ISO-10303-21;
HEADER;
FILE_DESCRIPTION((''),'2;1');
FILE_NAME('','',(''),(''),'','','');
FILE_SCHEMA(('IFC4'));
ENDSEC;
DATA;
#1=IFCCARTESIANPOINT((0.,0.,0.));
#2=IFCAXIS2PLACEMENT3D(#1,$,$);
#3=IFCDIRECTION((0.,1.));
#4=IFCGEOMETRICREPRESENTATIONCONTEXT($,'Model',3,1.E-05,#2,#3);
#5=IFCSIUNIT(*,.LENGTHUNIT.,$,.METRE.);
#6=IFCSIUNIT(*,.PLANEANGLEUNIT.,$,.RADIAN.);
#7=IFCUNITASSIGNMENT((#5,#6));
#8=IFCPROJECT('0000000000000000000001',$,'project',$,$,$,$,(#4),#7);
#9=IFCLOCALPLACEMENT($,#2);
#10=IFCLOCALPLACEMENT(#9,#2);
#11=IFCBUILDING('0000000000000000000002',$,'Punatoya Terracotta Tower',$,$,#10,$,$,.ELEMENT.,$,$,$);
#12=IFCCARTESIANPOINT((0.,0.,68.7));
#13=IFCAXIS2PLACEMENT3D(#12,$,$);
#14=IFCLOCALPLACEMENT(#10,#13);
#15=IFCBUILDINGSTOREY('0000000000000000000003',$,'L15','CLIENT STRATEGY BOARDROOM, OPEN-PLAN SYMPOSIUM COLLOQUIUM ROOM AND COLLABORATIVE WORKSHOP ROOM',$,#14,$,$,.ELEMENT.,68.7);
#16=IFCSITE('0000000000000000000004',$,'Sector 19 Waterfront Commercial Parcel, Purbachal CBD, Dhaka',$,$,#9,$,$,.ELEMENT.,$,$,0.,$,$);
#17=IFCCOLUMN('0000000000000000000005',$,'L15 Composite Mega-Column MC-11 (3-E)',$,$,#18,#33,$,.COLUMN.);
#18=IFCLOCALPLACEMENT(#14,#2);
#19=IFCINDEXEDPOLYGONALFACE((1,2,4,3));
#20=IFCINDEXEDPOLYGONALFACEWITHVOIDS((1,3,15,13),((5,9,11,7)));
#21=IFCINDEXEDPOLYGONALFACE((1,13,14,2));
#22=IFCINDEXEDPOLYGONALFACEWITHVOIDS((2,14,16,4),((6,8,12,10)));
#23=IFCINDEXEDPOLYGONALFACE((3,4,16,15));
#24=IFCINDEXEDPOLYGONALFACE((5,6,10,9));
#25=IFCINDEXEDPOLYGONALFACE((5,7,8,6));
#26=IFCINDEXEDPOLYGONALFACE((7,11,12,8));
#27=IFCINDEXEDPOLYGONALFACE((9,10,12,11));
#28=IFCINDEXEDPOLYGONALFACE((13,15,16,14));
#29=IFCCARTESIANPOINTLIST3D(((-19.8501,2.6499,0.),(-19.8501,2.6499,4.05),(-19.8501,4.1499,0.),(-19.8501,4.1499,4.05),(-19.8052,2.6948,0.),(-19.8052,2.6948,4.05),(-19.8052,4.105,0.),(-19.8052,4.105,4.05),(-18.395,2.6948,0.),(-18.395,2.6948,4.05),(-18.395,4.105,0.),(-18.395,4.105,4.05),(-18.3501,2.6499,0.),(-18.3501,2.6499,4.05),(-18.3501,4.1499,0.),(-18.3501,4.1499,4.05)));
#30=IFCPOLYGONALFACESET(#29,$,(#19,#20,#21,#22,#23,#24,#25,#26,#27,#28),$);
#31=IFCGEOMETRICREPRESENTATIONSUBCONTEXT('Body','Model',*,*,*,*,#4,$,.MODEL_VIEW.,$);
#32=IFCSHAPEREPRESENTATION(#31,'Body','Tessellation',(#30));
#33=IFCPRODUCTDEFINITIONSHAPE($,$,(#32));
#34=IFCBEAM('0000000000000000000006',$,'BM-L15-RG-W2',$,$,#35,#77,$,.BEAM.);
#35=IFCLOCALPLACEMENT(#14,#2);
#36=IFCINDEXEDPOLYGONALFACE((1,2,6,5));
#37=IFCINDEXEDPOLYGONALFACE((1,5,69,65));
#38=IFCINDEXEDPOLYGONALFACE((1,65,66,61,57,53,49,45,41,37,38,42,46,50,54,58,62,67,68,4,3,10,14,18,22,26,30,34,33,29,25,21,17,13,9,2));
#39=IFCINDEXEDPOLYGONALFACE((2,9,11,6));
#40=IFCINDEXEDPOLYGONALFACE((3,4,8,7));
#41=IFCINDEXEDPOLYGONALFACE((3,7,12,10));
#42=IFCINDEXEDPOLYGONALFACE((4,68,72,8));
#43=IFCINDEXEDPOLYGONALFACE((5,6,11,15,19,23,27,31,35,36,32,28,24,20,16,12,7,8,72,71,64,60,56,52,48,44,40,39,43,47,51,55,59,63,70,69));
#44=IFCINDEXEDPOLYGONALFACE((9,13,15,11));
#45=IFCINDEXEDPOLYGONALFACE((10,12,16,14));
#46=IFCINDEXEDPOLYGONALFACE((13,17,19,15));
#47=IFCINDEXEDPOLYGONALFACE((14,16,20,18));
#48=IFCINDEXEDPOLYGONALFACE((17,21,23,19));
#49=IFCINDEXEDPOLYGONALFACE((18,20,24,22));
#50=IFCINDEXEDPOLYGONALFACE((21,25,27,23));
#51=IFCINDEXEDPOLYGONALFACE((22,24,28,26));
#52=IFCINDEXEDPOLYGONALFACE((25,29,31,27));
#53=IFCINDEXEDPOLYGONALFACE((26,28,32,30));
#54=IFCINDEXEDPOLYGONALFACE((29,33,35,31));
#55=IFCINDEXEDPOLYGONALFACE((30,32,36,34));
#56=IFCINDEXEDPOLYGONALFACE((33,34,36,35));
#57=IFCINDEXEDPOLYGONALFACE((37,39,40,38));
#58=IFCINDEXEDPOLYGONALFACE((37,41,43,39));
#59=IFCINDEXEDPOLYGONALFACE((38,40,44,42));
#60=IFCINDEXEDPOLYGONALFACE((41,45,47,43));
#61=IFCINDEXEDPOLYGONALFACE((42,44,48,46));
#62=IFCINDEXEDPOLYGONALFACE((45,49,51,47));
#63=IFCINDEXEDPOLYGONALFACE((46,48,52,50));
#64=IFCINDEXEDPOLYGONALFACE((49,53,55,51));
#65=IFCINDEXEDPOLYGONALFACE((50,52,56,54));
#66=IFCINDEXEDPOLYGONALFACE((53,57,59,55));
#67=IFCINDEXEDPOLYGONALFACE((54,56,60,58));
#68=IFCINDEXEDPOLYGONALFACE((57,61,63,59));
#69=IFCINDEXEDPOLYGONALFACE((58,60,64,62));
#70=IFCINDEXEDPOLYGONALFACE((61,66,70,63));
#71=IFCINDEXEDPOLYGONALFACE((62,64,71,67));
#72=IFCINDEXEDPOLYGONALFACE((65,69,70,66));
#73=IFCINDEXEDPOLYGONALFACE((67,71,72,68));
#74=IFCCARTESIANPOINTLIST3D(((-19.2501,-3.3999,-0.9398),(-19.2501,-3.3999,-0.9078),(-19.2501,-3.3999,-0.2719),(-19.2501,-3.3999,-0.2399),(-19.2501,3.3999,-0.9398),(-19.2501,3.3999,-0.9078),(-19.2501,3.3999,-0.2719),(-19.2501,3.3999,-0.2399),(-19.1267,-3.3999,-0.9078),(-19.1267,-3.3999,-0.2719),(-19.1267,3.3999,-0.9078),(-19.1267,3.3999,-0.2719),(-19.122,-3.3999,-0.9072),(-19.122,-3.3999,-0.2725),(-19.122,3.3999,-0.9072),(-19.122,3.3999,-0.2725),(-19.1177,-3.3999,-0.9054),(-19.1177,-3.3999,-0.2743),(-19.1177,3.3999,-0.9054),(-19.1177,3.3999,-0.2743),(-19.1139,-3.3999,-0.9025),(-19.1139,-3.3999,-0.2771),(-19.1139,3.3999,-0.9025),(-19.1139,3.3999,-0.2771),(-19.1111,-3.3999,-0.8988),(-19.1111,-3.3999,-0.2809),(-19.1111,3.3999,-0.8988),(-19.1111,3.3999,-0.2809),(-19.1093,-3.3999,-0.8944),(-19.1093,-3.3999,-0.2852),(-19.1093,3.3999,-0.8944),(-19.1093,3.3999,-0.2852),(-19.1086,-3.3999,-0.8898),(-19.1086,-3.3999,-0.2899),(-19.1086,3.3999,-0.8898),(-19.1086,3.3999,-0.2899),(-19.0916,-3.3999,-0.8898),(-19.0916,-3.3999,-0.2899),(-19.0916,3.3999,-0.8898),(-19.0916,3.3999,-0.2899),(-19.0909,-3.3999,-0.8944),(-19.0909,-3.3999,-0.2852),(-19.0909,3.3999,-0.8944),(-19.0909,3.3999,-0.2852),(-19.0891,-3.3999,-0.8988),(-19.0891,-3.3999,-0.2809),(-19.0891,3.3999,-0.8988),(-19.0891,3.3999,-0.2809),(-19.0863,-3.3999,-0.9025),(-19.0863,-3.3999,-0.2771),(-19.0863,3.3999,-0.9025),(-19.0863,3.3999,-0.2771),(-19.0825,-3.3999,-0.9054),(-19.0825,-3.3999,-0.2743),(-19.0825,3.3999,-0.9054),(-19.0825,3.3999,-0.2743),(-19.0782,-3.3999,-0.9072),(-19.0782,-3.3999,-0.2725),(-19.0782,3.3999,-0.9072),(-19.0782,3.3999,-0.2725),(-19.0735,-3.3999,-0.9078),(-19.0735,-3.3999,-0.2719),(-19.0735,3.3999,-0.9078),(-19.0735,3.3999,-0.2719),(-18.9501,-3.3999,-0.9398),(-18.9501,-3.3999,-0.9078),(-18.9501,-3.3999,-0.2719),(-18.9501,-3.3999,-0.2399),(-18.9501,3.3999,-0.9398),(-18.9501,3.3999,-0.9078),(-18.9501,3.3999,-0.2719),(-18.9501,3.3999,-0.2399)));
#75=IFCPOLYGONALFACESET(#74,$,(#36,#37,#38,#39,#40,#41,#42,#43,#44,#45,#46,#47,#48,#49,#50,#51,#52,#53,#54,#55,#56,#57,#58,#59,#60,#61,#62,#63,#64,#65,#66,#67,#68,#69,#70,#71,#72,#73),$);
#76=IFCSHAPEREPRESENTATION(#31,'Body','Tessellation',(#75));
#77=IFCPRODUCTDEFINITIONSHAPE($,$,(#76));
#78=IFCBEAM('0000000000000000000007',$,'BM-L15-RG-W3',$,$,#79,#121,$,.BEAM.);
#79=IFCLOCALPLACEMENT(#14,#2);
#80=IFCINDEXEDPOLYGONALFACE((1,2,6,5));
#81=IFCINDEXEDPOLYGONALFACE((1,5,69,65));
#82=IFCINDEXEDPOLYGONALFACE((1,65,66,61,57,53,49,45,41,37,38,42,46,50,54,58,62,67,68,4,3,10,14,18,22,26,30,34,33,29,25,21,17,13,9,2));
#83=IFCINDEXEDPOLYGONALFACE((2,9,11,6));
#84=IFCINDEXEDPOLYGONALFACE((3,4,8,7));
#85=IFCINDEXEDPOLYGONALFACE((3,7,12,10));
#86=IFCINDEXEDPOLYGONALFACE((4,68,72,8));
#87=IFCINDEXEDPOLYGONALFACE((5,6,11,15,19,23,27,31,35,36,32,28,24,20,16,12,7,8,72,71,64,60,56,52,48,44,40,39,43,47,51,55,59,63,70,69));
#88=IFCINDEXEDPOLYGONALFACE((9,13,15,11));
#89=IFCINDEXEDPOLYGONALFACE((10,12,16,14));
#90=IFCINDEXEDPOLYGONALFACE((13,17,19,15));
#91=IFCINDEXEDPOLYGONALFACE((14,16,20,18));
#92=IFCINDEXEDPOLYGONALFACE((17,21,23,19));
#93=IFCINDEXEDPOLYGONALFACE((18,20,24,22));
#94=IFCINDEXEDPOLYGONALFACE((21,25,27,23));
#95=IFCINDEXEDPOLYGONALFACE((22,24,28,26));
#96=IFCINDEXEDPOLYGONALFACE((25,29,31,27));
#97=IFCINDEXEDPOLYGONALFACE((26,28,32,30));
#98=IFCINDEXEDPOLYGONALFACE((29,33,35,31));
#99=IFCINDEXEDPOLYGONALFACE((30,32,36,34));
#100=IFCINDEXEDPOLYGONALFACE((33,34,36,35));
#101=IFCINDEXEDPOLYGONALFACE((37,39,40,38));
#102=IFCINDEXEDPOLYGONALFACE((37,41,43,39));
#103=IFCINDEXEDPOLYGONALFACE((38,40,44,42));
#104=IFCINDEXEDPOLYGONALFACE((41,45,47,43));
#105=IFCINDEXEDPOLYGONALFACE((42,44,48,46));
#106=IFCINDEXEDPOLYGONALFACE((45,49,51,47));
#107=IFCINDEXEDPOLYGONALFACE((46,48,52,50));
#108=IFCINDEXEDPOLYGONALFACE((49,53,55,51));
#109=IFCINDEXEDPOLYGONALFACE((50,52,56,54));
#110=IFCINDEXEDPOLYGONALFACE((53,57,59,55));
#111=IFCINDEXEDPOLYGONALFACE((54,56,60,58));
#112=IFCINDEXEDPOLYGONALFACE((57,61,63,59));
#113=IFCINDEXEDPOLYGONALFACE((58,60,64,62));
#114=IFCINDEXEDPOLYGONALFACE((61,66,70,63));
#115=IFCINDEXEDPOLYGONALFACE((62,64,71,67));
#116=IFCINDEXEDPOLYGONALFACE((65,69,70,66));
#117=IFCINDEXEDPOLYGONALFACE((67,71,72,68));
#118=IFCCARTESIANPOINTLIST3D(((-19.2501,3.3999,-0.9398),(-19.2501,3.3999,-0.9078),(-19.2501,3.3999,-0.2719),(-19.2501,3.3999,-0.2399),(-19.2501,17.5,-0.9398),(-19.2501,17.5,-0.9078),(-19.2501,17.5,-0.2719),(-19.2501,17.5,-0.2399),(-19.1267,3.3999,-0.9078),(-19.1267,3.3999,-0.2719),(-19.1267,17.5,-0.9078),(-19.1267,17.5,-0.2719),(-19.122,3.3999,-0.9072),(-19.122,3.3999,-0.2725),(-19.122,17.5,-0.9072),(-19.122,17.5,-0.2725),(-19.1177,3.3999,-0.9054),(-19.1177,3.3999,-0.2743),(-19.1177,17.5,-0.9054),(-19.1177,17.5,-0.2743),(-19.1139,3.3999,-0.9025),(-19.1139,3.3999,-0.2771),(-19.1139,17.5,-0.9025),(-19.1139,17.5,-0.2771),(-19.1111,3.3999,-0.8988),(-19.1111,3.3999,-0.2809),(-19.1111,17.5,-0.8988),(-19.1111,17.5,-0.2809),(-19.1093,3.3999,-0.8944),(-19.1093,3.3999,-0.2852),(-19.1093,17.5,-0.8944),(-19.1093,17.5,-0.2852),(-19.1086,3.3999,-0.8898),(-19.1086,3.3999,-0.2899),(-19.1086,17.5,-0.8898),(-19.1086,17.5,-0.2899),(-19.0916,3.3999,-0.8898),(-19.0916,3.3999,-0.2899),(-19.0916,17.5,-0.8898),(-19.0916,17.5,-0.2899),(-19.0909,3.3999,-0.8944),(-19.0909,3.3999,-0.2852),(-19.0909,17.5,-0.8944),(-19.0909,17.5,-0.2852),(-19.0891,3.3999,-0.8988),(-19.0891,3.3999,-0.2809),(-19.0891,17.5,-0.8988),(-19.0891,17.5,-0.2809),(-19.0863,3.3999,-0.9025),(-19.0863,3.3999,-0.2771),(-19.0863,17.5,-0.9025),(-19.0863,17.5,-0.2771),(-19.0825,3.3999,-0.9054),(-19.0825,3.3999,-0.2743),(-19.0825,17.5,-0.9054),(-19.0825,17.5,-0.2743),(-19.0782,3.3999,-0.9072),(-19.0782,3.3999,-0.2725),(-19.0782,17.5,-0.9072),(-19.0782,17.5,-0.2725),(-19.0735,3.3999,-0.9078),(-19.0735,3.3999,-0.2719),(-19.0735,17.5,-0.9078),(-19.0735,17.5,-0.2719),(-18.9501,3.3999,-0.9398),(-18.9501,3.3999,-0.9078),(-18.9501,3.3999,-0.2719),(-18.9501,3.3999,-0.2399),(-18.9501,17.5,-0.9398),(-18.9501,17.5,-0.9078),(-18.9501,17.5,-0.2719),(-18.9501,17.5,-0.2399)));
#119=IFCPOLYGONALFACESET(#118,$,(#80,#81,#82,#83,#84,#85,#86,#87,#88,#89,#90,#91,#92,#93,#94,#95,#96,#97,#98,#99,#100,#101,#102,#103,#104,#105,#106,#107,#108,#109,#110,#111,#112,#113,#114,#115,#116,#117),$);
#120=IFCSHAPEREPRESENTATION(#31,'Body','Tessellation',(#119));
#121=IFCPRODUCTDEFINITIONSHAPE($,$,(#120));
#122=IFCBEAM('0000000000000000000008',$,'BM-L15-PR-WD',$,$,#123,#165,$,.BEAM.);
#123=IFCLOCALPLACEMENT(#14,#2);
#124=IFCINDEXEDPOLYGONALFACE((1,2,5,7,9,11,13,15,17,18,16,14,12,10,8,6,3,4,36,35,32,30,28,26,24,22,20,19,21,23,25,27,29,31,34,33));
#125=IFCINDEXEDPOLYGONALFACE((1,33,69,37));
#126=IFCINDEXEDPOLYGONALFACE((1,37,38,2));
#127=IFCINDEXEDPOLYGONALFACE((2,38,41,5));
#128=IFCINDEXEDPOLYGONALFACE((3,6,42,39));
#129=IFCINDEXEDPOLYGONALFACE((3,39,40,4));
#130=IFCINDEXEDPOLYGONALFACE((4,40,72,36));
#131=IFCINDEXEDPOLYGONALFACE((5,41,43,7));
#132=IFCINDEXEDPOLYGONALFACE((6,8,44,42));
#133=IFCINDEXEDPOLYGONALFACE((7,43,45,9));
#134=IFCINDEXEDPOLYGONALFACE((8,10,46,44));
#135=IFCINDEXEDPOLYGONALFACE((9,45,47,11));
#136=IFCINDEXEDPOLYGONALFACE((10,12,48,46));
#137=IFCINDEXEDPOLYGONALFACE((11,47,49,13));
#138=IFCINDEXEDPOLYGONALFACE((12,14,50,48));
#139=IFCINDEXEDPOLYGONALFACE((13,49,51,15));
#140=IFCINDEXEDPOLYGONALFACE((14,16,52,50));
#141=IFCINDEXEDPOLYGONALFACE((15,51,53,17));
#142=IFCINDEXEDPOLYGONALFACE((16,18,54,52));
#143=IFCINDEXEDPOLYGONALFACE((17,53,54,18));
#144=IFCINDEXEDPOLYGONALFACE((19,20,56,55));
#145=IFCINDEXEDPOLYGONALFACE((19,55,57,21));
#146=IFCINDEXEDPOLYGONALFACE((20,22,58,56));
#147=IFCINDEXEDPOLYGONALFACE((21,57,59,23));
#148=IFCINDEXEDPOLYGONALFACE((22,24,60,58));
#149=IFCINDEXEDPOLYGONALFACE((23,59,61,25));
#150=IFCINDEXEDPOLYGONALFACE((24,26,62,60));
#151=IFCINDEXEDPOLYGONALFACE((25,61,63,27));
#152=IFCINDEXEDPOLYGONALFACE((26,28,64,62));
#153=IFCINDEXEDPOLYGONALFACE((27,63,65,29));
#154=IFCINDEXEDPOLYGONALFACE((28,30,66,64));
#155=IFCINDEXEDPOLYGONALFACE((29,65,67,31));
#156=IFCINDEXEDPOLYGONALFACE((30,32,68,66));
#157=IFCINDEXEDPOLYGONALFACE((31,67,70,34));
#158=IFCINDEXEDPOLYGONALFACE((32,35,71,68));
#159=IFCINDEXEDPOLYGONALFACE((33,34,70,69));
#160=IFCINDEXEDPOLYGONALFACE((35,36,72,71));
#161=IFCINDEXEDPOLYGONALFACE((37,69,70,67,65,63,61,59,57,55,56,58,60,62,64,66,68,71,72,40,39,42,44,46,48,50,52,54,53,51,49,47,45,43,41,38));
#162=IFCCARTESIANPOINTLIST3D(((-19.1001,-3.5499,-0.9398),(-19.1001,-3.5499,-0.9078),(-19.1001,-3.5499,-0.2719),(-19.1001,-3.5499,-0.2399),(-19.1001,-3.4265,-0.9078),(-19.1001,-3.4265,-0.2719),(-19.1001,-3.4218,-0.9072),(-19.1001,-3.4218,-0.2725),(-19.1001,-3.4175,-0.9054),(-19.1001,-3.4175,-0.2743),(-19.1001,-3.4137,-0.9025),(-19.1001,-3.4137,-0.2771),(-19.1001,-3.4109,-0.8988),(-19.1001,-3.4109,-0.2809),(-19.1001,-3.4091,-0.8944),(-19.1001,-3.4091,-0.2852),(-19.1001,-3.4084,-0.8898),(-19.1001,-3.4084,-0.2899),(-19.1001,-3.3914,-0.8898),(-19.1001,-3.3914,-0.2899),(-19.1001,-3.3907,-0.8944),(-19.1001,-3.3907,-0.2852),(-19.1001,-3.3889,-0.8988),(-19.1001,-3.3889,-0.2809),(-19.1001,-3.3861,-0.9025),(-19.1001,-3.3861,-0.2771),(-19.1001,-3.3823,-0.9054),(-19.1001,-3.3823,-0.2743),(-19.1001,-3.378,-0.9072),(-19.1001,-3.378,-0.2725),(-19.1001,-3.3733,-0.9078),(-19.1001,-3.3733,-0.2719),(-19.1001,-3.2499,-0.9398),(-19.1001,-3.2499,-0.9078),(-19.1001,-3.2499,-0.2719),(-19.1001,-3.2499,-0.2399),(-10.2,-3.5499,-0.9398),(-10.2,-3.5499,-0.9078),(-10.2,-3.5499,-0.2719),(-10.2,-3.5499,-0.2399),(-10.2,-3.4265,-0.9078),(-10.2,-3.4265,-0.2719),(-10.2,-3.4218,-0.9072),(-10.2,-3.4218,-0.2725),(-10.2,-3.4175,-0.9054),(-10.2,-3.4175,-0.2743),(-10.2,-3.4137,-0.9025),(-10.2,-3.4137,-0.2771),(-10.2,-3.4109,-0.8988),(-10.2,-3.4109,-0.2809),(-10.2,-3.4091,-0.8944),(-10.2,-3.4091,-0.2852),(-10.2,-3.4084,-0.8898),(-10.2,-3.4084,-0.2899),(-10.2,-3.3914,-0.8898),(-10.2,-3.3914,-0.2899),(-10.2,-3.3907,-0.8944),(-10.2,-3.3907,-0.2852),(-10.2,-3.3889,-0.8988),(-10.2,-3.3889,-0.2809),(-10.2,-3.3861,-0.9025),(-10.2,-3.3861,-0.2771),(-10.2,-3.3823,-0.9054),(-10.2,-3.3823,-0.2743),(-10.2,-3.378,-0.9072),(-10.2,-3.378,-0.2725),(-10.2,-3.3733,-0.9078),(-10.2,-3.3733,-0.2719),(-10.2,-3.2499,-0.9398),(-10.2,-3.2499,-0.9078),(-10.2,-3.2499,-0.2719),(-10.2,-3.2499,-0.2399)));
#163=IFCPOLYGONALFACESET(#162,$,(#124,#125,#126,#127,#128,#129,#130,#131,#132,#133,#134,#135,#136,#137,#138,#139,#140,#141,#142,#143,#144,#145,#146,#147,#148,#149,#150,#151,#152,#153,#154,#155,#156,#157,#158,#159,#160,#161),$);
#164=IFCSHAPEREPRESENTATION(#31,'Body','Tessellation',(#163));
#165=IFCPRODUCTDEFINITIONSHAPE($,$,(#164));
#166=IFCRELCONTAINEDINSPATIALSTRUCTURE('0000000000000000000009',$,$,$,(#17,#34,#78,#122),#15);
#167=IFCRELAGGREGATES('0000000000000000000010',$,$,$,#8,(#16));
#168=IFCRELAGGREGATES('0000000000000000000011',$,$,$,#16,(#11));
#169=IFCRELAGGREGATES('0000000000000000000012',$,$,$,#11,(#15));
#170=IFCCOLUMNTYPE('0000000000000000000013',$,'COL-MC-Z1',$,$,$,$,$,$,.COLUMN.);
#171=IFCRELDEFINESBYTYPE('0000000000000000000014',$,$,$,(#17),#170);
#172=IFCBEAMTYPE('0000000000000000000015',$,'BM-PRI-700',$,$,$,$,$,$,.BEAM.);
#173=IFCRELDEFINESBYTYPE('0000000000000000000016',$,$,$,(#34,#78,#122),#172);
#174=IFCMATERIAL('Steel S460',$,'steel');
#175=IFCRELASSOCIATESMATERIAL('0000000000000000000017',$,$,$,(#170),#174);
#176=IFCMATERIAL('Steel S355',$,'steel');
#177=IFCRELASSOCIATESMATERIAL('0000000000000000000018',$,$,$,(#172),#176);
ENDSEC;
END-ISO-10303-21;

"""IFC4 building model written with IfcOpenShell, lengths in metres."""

from ifc_helpers import new_model, si_unit, direction, frame, origin, origin_2d, place, context, subcontext, project, spatial, hollow_rectangle, i_section, extrude, material, material_profile, profile_set, type_object, element, save


model = new_model("IFC4")

# Units and contexts
model_context = context("Model", 3, precision=1e-05, world=origin(), true_north=direction((0.0, 1.0)))
body_context = subcontext(model_context, "Body", "Model", "MODEL_VIEW")
ifc_project = project(units=[si_unit("LENGTHUNIT", "METRE"), si_unit("PLANEANGLEUNIT", "RADIAN")], contexts=[model_context])

# Site, building, storey
site_placement = place(None, origin())
site = spatial("IfcSite", under=ifc_project, at=site_placement, Name="Sector 19 Waterfront Commercial Parcel, Purbachal CBD, Dhaka", CompositionType="ELEMENT", RefElevation=0.0)
building_placement = place(site_placement, origin())
building = spatial("IfcBuilding", under=site, at=building_placement, Name="Punatoya Terracotta Tower", CompositionType="ELEMENT")
storey_placement = place(building_placement, frame((0.0, 0.0, 68.7)))
storey = spatial("IfcBuildingStorey", under=building, at=storey_placement, Name="L15", Description="CLIENT STRATEGY BOARDROOM, OPEN-PLAN SYMPOSIUM COLLOQUIUM ROOM AND COLLABORATIVE WORKSHOP ROOM", CompositionType="ELEMENT", Elevation=68.7)

# Column
ifc_material_1 = material(Name="Steel S460", Category="steel")
ifc_material_profile_1 = material_profile(ifc_material_1, hollow_rectangle(XDim=1.5, YDim=1.5, WallThickness=0.0449, at=origin_2d()))
ifc_profile_set_1 = profile_set([ifc_material_profile_1], Name="Steel S460")
column_type = type_object("IfcColumnType", Name="COL-MC-Z1", PredefinedType="COLUMN", material=ifc_profile_set_1)
column_placement = place(storey_placement, frame((-19.1001, 3.3999, 0.0), z_axis=(0.0, 0.0, 1.0), x_axis=(1.0, 0.0, 0.0)))
element("IfcColumn", 1, at=column_placement, inside=storey, type_object=column_type, Name="L15 Composite Mega-Column MC-11 (3-E)", PredefinedType="COLUMN", context=body_context, shape_type="SweptSolid", body=[
    extrude(hollow_rectangle(XDim=1.5, YDim=1.5, WallThickness=0.0449, at=origin_2d()), origin(), (0.0, 0.0, 1.0), 4.05),
])

# Beams
ifc_material_2 = material(Name="Steel S355", Category="steel")
ifc_material_profile_2 = material_profile(ifc_material_2, i_section(OverallWidth=0.3, OverallDepth=0.7, WebThickness=0.0171, FlangeThickness=0.032, FilletRadius=0.0181, at=origin_2d()))
ifc_profile_set_2 = profile_set([ifc_material_profile_2], Name="Steel S355")
beam_type = type_object("IfcBeamType", Name="BM-PRI-700", PredefinedType="BEAM", material=ifc_profile_set_2)
beam_1_placement = place(storey_placement, frame((-19.1001, -3.3999, -0.5898), z_axis=(0.0, 1.0, 0.0), x_axis=(-1.0, 0.0, 0.0)))
element("IfcBeam", 2, at=beam_1_placement, inside=storey, type_object=beam_type, Name="BM-L15-RG-W2", PredefinedType="BEAM", context=body_context, shape_type="SweptSolid", body=[
    extrude(i_section(OverallWidth=0.3, OverallDepth=0.7, WebThickness=0.0171, FlangeThickness=0.032, FilletRadius=0.0181, at=origin_2d()), origin(), (0.0, 0.0, 1.0), 6.7998),
])
beam_2_placement = place(storey_placement, frame((-19.1001, 3.3999, -0.5898), z_axis=(0.0, 1.0, 0.0), x_axis=(-1.0, 0.0, 0.0)))
element("IfcBeam", 3, at=beam_2_placement, inside=storey, type_object=beam_type, Name="BM-L15-RG-W3", PredefinedType="BEAM", context=body_context, shape_type="SweptSolid", body=[
    extrude(i_section(OverallWidth=0.3, OverallDepth=0.7, WebThickness=0.0171, FlangeThickness=0.032, FilletRadius=0.0181, at=origin_2d()), origin(), (0.0, 0.0, 1.0), 14.1001),
])
for number, where, z_axis, x_axis, name in (
    (4, (-19.1001, -3.3999, -0.5898), (1.0, 0.0, 0.0), (0.0, 1.0, 0.0), "BM-L15-PR-WD"),
):
    element("IfcBeam", number, at=place(storey_placement, frame(where, z_axis=z_axis, x_axis=x_axis)), inside=storey, type_object=beam_type, Name=name, PredefinedType="BEAM", context=body_context, shape_type="SweptSolid", body=[
        extrude(i_section(OverallWidth=0.3, OverallDepth=0.7, WebThickness=0.0171, FlangeThickness=0.032, FilletRadius=0.0181, at=origin_2d()), origin(), (0.0, 0.0, 1.0), 8.9001),
    ])

save(model, "model.ifc")
